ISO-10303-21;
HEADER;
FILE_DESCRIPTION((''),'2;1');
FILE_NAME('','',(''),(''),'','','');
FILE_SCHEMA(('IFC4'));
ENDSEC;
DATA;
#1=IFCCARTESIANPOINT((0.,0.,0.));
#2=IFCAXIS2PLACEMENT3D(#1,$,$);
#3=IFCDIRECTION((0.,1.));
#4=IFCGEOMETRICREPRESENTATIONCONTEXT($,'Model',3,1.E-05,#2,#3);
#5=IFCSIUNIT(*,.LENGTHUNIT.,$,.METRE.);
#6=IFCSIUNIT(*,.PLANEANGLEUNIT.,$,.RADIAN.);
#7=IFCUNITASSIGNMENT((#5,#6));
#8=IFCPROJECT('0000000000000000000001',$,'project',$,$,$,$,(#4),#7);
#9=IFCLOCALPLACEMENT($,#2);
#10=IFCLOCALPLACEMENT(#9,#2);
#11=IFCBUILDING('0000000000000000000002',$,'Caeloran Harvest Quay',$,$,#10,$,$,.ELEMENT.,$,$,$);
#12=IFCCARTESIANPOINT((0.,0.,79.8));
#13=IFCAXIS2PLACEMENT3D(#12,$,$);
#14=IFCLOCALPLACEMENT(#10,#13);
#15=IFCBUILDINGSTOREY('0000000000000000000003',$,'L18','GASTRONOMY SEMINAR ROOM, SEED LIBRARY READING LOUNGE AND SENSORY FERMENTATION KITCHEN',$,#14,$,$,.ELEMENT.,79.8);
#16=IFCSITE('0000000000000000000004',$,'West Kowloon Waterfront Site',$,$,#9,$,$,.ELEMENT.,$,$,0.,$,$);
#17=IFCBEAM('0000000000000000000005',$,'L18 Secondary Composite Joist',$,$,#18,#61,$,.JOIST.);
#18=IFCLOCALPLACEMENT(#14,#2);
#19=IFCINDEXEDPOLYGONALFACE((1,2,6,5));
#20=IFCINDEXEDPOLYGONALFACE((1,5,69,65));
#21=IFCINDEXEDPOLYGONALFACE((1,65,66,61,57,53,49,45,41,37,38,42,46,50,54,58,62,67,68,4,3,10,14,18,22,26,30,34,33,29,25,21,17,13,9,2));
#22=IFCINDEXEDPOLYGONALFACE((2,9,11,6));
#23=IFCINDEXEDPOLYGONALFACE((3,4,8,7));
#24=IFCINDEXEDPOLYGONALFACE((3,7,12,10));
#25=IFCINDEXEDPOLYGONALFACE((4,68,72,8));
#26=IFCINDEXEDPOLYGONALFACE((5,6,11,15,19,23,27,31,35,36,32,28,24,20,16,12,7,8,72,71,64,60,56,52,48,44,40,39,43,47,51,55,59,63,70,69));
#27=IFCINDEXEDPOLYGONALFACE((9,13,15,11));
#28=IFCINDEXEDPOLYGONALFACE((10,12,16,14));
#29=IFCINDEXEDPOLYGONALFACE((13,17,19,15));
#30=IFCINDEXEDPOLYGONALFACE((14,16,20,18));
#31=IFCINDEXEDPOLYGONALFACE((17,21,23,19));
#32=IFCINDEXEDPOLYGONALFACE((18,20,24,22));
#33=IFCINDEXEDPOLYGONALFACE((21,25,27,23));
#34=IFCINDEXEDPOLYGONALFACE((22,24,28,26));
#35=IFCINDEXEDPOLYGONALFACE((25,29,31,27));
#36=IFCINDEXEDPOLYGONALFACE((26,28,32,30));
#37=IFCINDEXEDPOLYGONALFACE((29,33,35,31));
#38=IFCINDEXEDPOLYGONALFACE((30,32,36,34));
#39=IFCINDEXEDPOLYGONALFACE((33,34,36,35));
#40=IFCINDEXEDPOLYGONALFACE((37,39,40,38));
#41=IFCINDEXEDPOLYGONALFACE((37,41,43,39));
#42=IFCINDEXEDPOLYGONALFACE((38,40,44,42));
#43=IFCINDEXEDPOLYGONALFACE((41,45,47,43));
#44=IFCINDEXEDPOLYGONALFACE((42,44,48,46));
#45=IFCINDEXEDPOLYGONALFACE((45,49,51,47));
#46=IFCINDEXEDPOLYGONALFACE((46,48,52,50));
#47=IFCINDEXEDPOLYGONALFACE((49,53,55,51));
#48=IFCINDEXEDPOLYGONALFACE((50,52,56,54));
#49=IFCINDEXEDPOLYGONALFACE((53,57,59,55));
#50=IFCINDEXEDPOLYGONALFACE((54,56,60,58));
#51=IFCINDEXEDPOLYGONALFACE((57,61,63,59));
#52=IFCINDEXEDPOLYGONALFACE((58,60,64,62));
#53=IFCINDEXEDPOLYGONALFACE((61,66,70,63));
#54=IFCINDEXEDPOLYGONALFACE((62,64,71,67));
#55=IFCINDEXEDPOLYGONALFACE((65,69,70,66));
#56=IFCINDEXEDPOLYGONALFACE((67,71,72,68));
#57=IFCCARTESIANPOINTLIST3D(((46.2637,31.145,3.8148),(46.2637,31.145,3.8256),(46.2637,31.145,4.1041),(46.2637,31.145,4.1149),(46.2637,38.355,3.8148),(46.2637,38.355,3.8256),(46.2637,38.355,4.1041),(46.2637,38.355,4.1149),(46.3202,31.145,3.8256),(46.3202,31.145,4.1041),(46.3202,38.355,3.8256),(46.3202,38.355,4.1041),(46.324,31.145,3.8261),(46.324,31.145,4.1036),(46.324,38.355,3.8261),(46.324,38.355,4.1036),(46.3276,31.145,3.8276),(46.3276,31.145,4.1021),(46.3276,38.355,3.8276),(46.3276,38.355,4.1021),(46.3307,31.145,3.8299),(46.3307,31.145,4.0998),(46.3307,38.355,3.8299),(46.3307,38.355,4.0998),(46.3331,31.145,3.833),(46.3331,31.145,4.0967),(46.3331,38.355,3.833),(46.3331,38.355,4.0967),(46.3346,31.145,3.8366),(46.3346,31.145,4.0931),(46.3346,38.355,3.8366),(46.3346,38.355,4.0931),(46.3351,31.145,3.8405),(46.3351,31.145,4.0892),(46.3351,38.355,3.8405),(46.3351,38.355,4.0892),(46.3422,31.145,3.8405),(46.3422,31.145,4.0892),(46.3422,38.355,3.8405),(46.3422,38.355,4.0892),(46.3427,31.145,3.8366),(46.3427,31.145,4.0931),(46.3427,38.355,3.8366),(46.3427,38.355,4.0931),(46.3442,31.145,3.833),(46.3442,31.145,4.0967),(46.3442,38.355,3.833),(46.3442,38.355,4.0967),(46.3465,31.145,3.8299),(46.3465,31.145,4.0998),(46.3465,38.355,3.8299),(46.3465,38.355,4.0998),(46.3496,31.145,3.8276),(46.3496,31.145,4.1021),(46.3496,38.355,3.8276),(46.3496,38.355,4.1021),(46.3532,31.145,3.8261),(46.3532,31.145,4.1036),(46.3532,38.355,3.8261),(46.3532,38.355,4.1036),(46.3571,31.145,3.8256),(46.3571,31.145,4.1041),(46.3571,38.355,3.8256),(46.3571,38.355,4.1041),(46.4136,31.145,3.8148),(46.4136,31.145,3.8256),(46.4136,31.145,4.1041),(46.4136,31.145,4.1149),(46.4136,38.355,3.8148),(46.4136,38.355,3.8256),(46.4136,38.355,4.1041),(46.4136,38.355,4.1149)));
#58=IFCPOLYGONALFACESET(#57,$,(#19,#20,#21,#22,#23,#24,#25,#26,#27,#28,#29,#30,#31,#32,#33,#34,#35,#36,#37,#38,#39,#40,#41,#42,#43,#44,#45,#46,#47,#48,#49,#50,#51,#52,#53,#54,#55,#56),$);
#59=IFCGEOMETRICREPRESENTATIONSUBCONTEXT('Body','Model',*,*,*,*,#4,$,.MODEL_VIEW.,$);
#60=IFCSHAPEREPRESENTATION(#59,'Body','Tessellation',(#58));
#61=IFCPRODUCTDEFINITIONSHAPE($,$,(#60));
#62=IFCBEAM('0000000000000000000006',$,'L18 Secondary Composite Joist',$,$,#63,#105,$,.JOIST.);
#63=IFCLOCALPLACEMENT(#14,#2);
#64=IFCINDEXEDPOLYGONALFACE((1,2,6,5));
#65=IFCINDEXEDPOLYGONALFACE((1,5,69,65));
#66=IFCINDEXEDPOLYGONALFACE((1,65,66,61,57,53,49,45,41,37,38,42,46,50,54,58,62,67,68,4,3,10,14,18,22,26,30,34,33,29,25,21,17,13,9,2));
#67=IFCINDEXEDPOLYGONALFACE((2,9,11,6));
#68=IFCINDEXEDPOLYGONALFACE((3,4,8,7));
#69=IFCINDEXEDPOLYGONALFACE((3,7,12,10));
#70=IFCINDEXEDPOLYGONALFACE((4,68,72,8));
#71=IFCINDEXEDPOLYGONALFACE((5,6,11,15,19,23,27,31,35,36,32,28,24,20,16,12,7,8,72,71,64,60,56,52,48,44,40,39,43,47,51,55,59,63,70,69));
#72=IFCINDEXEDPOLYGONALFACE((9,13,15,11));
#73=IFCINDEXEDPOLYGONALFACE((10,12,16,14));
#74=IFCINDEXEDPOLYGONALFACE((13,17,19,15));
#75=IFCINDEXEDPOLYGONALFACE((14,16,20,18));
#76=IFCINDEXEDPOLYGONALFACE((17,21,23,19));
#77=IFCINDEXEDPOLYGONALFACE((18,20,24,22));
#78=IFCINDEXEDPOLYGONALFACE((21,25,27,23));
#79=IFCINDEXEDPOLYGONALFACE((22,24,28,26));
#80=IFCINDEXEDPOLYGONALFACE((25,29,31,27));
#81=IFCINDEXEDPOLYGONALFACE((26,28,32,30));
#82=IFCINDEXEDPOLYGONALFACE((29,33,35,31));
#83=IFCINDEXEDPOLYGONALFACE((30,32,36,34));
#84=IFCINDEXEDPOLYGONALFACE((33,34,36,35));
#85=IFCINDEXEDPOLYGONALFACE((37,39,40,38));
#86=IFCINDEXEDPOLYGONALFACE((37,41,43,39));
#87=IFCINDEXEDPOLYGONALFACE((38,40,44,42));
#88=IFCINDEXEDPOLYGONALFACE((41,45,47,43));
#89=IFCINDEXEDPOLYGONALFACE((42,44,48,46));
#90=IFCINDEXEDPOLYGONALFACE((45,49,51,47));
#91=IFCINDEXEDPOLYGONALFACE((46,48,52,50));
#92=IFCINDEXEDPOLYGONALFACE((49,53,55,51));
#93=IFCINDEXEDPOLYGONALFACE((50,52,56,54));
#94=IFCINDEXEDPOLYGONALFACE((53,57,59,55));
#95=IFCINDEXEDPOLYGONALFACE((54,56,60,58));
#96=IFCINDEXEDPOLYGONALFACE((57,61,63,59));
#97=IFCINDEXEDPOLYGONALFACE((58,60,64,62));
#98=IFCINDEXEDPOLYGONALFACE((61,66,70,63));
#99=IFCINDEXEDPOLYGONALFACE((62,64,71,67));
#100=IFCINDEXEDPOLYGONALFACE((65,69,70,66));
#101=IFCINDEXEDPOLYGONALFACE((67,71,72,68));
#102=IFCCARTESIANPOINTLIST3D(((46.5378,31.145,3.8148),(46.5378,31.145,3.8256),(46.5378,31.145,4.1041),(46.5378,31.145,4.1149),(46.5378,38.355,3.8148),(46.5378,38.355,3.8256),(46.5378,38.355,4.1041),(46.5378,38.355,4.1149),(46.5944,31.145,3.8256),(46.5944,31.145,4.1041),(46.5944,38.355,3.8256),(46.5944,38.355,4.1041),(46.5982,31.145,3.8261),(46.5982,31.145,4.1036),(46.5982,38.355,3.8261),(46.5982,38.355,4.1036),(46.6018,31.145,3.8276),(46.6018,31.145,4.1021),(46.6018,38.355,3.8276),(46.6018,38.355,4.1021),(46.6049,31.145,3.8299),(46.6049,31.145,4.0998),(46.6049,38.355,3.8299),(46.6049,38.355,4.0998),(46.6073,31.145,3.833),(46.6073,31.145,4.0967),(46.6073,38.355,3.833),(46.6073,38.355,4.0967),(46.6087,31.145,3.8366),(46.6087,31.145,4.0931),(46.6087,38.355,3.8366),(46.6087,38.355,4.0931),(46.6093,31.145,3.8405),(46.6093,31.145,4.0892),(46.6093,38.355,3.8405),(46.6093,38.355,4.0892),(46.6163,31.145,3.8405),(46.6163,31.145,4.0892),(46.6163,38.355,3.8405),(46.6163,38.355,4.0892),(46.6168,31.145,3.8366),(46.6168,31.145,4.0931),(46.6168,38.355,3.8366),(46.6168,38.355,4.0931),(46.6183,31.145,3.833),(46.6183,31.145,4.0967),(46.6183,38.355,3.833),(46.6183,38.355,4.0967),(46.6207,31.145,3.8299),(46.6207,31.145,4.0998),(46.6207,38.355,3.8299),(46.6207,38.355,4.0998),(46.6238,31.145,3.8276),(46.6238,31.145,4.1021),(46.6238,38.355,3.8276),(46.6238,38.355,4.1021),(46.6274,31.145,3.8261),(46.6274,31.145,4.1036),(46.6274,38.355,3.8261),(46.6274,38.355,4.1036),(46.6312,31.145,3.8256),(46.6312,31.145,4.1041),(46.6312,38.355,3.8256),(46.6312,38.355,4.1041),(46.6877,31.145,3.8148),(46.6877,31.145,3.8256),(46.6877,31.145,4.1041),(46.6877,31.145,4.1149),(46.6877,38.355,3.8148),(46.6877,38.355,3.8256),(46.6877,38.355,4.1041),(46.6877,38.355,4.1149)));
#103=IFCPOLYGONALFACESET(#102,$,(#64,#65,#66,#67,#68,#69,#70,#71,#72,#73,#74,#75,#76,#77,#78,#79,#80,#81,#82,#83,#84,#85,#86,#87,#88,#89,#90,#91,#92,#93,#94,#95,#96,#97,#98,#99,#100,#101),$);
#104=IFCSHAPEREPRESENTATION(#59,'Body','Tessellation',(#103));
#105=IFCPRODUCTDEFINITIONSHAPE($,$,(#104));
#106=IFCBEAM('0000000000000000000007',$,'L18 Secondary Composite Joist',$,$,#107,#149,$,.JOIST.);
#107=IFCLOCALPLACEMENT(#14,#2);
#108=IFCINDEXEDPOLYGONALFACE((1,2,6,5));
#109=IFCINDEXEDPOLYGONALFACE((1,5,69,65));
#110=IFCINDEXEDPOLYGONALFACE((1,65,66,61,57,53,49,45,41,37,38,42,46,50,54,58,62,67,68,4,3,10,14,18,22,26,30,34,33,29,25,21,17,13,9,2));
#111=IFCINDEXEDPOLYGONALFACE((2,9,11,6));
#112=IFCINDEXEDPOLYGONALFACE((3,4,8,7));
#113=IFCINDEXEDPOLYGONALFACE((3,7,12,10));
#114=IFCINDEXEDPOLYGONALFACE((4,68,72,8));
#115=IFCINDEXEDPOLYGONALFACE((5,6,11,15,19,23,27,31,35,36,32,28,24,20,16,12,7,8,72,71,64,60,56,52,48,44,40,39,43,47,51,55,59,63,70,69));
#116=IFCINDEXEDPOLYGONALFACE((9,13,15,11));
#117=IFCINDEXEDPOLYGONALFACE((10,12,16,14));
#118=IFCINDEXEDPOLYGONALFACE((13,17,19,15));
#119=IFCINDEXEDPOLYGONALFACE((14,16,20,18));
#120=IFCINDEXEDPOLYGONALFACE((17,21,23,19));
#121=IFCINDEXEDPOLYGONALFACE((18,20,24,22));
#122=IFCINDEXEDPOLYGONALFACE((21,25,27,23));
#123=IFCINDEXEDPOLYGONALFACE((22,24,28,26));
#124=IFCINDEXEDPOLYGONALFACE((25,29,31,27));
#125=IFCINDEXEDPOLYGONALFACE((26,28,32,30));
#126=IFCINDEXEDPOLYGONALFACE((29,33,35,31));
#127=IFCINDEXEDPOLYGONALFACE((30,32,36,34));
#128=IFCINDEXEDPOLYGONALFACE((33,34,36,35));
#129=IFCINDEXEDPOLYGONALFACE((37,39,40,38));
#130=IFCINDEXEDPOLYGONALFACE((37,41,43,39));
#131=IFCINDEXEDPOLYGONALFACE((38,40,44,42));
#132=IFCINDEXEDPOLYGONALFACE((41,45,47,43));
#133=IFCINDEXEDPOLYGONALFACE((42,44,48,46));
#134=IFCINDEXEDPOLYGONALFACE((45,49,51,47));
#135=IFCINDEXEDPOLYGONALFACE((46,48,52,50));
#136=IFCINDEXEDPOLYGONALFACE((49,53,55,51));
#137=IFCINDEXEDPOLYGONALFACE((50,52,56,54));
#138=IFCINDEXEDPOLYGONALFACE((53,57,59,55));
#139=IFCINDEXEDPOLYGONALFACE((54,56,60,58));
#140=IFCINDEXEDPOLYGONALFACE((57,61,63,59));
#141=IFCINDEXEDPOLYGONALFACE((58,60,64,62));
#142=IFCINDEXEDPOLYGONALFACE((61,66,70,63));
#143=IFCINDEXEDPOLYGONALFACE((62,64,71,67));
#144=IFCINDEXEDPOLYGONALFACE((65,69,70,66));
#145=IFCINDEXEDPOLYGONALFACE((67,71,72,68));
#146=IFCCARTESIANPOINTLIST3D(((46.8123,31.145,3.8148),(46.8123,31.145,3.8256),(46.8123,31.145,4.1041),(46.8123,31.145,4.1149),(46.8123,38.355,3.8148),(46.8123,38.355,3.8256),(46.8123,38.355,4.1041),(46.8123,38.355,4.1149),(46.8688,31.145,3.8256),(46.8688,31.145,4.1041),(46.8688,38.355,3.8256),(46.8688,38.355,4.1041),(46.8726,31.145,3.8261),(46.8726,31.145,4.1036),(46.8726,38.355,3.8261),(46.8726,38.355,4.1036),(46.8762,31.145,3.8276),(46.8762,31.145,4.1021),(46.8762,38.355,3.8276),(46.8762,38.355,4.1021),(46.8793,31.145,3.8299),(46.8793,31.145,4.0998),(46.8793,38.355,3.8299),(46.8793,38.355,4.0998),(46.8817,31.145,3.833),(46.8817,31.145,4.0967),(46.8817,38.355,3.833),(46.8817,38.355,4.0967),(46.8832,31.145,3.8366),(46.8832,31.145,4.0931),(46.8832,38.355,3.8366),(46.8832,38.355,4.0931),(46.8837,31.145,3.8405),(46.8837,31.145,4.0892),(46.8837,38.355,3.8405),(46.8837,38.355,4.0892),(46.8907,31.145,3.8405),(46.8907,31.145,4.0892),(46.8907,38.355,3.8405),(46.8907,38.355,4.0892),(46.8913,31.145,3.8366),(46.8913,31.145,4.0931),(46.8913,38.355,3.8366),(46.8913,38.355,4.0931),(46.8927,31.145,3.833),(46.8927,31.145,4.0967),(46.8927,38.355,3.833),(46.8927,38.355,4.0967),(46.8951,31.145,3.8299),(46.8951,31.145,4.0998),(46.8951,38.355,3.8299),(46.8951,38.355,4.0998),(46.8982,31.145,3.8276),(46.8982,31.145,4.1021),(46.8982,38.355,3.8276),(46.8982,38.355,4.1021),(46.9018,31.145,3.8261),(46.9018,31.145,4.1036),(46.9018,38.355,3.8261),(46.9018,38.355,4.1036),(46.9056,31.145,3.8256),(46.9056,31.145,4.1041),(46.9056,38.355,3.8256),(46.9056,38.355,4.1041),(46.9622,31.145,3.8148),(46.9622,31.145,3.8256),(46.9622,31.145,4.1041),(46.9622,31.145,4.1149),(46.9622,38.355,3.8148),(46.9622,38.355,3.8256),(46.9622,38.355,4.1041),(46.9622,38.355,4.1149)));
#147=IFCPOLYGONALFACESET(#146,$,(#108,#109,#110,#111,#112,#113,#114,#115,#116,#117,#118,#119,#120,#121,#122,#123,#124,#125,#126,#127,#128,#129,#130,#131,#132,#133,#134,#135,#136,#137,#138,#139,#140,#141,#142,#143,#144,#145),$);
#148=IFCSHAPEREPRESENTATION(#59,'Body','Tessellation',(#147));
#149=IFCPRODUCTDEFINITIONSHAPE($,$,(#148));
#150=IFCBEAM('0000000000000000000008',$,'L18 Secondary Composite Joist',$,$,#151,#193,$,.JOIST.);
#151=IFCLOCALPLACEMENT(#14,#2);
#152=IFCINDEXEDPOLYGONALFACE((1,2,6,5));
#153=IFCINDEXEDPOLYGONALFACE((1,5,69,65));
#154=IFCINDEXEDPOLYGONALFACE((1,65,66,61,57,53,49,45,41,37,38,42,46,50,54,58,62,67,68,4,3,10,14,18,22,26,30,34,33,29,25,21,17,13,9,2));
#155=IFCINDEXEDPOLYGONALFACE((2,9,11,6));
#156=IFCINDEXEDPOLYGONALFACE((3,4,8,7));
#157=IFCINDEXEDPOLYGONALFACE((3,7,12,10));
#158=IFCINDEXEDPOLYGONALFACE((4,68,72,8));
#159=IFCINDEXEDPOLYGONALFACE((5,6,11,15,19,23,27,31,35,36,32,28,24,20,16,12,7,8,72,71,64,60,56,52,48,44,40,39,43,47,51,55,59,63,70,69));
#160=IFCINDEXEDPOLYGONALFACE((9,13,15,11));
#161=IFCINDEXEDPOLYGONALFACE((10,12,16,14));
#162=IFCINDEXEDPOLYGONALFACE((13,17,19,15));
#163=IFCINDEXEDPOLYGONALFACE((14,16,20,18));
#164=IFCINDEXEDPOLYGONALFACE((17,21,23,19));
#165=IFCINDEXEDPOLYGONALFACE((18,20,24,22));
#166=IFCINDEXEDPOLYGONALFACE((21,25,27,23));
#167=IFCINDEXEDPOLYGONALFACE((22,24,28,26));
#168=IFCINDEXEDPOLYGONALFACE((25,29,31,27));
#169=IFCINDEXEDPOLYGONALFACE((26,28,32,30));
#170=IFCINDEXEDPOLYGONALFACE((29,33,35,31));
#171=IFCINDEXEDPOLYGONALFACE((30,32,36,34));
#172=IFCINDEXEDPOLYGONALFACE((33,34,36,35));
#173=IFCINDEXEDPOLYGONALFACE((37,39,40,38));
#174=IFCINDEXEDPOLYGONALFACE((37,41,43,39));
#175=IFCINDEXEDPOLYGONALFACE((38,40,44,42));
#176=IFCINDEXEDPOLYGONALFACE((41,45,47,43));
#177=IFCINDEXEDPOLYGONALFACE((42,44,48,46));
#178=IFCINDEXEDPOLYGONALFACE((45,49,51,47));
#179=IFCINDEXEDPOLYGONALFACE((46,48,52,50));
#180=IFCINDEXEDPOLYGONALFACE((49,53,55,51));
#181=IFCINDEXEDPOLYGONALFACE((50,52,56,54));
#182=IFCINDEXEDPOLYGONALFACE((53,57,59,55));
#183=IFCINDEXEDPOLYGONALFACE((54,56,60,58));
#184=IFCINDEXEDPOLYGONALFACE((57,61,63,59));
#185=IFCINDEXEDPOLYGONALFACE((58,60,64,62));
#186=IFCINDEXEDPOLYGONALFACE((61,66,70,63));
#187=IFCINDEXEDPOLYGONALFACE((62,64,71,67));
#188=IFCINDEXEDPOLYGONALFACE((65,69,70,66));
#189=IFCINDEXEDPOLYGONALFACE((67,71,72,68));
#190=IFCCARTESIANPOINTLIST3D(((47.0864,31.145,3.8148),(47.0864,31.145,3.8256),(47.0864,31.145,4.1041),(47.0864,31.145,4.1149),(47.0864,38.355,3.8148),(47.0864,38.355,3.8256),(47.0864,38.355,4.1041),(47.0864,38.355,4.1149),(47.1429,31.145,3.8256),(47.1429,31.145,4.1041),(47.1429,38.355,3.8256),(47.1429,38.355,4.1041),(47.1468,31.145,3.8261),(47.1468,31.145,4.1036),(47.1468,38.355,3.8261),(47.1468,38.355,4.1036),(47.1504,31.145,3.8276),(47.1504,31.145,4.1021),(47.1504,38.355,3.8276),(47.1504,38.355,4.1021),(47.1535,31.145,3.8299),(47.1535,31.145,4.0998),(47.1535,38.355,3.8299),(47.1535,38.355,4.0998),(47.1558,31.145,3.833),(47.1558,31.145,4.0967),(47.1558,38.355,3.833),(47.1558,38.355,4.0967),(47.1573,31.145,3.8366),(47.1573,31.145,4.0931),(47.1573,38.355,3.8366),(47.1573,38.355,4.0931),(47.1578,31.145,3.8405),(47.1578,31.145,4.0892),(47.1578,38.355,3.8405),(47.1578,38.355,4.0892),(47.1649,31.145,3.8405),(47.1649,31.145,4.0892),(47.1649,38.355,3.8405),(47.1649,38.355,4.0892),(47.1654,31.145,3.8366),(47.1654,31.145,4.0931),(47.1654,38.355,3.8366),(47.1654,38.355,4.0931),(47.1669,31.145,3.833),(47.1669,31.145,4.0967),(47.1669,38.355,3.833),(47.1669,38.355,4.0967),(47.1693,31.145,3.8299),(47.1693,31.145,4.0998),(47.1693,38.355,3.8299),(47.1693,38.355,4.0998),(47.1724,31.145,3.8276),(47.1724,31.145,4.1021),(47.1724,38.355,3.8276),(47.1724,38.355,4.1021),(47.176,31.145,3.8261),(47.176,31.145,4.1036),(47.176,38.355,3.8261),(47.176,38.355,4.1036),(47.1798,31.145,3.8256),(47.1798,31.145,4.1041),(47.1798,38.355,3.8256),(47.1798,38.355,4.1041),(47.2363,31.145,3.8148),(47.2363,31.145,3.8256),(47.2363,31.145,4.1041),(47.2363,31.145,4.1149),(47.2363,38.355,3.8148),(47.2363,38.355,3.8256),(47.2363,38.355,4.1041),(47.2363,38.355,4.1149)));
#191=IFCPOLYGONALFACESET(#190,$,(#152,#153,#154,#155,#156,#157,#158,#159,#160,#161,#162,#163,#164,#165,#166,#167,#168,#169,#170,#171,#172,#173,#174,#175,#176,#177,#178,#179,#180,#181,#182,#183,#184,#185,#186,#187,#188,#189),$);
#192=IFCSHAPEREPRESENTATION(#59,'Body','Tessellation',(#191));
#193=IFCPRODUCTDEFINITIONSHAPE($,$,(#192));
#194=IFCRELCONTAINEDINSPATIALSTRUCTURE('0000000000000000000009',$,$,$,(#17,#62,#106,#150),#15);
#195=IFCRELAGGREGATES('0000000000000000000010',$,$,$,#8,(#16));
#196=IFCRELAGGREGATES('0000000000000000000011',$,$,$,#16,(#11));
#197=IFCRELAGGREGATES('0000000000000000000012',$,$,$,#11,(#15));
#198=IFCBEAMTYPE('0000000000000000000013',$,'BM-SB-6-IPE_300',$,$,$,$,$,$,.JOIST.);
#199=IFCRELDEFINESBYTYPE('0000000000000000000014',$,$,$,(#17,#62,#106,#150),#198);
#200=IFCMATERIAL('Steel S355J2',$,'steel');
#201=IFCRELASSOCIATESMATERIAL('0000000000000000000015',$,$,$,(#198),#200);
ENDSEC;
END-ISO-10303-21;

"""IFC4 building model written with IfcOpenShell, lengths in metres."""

from ifc_helpers import new_model, si_unit, direction, frame, origin, origin_2d, place, context, subcontext, project, spatial, i_section, extrude, material, material_profile, profile_set, type_object, element, save


model = new_model("IFC4")

# Units and contexts
model_context = context("Model", 3, precision=1e-05, world=origin(), true_north=direction((0.0, 1.0)))
body_context = subcontext(model_context, "Body", "Model", "MODEL_VIEW")
ifc_project = project(units=[si_unit("LENGTHUNIT", "METRE"), si_unit("PLANEANGLEUNIT", "RADIAN")], contexts=[model_context])

# Site, building, storey
site_placement = place(None, origin())
site = spatial("IfcSite", under=ifc_project, at=site_placement, Name="West Kowloon Waterfront Site", CompositionType="ELEMENT", RefElevation=0.0)
building_placement = place(site_placement, origin())
building = spatial("IfcBuilding", under=site, at=building_placement, Name="Caeloran Harvest Quay", CompositionType="ELEMENT")
storey_placement = place(building_placement, frame((0.0, 0.0, 79.8)))
storey = spatial("IfcBuildingStorey", under=building, at=storey_placement, Name="L18", Description="GASTRONOMY SEMINAR ROOM, SEED LIBRARY READING LOUNGE AND SENSORY FERMENTATION KITCHEN", CompositionType="ELEMENT", Elevation=79.8)

# Beams
ifc_material_1 = material(Name="Steel S355J2", Category="steel")
ifc_material_profile_1 = material_profile(ifc_material_1, i_section(OverallWidth=0.1499, OverallDepth=0.3, WebThickness=0.0071, FlangeThickness=0.0107, FilletRadius=0.0149, at=origin_2d()), Name="IPE 300")
ifc_profile_set_1 = profile_set([ifc_material_profile_1], Name="Steel S355J2")
beam_type_1 = type_object("IfcBeamType", Name="BM-SB-6-IPE_300", PredefinedType="JOIST", material=ifc_profile_set_1)
for number, where, z_axis, x_axis, name in (
    (1, (46.3386, 31.145, 3.9648), (0.0, 1.0, 0.0), (-1.0, 0.0, 0.0), "L18 Secondary Composite Joist"),
    (2, (46.6128, 31.145, 3.9648), (0.0, 1.0, 0.0), (-1.0, 0.0, 0.0), "L18 Secondary Composite Joist"),
    (3, (46.8872, 31.145, 3.9648), (0.0, 1.0, 0.0), (-1.0, 0.0, 0.0), "L18 Secondary Composite Joist"),
    (4, (47.1614, 31.145, 3.9648), (0.0, 1.0, 0.0), (-1.0, 0.0, 0.0), "L18 Secondary Composite Joist"),
):
    element("IfcBeam", number, at=place(storey_placement, frame(where, z_axis=z_axis, x_axis=x_axis)), inside=storey, type_object=beam_type_1, Name=name, PredefinedType="JOIST", context=body_context, shape_type="SweptSolid", body=[
        extrude(i_section(OverallWidth=0.1499, OverallDepth=0.3, WebThickness=0.0071, FlangeThickness=0.0107, FilletRadius=0.0149, at=origin_2d()), origin(), (0.0, 0.0, 1.0), 7.21),
    ])

save(model, "model.ifc")
